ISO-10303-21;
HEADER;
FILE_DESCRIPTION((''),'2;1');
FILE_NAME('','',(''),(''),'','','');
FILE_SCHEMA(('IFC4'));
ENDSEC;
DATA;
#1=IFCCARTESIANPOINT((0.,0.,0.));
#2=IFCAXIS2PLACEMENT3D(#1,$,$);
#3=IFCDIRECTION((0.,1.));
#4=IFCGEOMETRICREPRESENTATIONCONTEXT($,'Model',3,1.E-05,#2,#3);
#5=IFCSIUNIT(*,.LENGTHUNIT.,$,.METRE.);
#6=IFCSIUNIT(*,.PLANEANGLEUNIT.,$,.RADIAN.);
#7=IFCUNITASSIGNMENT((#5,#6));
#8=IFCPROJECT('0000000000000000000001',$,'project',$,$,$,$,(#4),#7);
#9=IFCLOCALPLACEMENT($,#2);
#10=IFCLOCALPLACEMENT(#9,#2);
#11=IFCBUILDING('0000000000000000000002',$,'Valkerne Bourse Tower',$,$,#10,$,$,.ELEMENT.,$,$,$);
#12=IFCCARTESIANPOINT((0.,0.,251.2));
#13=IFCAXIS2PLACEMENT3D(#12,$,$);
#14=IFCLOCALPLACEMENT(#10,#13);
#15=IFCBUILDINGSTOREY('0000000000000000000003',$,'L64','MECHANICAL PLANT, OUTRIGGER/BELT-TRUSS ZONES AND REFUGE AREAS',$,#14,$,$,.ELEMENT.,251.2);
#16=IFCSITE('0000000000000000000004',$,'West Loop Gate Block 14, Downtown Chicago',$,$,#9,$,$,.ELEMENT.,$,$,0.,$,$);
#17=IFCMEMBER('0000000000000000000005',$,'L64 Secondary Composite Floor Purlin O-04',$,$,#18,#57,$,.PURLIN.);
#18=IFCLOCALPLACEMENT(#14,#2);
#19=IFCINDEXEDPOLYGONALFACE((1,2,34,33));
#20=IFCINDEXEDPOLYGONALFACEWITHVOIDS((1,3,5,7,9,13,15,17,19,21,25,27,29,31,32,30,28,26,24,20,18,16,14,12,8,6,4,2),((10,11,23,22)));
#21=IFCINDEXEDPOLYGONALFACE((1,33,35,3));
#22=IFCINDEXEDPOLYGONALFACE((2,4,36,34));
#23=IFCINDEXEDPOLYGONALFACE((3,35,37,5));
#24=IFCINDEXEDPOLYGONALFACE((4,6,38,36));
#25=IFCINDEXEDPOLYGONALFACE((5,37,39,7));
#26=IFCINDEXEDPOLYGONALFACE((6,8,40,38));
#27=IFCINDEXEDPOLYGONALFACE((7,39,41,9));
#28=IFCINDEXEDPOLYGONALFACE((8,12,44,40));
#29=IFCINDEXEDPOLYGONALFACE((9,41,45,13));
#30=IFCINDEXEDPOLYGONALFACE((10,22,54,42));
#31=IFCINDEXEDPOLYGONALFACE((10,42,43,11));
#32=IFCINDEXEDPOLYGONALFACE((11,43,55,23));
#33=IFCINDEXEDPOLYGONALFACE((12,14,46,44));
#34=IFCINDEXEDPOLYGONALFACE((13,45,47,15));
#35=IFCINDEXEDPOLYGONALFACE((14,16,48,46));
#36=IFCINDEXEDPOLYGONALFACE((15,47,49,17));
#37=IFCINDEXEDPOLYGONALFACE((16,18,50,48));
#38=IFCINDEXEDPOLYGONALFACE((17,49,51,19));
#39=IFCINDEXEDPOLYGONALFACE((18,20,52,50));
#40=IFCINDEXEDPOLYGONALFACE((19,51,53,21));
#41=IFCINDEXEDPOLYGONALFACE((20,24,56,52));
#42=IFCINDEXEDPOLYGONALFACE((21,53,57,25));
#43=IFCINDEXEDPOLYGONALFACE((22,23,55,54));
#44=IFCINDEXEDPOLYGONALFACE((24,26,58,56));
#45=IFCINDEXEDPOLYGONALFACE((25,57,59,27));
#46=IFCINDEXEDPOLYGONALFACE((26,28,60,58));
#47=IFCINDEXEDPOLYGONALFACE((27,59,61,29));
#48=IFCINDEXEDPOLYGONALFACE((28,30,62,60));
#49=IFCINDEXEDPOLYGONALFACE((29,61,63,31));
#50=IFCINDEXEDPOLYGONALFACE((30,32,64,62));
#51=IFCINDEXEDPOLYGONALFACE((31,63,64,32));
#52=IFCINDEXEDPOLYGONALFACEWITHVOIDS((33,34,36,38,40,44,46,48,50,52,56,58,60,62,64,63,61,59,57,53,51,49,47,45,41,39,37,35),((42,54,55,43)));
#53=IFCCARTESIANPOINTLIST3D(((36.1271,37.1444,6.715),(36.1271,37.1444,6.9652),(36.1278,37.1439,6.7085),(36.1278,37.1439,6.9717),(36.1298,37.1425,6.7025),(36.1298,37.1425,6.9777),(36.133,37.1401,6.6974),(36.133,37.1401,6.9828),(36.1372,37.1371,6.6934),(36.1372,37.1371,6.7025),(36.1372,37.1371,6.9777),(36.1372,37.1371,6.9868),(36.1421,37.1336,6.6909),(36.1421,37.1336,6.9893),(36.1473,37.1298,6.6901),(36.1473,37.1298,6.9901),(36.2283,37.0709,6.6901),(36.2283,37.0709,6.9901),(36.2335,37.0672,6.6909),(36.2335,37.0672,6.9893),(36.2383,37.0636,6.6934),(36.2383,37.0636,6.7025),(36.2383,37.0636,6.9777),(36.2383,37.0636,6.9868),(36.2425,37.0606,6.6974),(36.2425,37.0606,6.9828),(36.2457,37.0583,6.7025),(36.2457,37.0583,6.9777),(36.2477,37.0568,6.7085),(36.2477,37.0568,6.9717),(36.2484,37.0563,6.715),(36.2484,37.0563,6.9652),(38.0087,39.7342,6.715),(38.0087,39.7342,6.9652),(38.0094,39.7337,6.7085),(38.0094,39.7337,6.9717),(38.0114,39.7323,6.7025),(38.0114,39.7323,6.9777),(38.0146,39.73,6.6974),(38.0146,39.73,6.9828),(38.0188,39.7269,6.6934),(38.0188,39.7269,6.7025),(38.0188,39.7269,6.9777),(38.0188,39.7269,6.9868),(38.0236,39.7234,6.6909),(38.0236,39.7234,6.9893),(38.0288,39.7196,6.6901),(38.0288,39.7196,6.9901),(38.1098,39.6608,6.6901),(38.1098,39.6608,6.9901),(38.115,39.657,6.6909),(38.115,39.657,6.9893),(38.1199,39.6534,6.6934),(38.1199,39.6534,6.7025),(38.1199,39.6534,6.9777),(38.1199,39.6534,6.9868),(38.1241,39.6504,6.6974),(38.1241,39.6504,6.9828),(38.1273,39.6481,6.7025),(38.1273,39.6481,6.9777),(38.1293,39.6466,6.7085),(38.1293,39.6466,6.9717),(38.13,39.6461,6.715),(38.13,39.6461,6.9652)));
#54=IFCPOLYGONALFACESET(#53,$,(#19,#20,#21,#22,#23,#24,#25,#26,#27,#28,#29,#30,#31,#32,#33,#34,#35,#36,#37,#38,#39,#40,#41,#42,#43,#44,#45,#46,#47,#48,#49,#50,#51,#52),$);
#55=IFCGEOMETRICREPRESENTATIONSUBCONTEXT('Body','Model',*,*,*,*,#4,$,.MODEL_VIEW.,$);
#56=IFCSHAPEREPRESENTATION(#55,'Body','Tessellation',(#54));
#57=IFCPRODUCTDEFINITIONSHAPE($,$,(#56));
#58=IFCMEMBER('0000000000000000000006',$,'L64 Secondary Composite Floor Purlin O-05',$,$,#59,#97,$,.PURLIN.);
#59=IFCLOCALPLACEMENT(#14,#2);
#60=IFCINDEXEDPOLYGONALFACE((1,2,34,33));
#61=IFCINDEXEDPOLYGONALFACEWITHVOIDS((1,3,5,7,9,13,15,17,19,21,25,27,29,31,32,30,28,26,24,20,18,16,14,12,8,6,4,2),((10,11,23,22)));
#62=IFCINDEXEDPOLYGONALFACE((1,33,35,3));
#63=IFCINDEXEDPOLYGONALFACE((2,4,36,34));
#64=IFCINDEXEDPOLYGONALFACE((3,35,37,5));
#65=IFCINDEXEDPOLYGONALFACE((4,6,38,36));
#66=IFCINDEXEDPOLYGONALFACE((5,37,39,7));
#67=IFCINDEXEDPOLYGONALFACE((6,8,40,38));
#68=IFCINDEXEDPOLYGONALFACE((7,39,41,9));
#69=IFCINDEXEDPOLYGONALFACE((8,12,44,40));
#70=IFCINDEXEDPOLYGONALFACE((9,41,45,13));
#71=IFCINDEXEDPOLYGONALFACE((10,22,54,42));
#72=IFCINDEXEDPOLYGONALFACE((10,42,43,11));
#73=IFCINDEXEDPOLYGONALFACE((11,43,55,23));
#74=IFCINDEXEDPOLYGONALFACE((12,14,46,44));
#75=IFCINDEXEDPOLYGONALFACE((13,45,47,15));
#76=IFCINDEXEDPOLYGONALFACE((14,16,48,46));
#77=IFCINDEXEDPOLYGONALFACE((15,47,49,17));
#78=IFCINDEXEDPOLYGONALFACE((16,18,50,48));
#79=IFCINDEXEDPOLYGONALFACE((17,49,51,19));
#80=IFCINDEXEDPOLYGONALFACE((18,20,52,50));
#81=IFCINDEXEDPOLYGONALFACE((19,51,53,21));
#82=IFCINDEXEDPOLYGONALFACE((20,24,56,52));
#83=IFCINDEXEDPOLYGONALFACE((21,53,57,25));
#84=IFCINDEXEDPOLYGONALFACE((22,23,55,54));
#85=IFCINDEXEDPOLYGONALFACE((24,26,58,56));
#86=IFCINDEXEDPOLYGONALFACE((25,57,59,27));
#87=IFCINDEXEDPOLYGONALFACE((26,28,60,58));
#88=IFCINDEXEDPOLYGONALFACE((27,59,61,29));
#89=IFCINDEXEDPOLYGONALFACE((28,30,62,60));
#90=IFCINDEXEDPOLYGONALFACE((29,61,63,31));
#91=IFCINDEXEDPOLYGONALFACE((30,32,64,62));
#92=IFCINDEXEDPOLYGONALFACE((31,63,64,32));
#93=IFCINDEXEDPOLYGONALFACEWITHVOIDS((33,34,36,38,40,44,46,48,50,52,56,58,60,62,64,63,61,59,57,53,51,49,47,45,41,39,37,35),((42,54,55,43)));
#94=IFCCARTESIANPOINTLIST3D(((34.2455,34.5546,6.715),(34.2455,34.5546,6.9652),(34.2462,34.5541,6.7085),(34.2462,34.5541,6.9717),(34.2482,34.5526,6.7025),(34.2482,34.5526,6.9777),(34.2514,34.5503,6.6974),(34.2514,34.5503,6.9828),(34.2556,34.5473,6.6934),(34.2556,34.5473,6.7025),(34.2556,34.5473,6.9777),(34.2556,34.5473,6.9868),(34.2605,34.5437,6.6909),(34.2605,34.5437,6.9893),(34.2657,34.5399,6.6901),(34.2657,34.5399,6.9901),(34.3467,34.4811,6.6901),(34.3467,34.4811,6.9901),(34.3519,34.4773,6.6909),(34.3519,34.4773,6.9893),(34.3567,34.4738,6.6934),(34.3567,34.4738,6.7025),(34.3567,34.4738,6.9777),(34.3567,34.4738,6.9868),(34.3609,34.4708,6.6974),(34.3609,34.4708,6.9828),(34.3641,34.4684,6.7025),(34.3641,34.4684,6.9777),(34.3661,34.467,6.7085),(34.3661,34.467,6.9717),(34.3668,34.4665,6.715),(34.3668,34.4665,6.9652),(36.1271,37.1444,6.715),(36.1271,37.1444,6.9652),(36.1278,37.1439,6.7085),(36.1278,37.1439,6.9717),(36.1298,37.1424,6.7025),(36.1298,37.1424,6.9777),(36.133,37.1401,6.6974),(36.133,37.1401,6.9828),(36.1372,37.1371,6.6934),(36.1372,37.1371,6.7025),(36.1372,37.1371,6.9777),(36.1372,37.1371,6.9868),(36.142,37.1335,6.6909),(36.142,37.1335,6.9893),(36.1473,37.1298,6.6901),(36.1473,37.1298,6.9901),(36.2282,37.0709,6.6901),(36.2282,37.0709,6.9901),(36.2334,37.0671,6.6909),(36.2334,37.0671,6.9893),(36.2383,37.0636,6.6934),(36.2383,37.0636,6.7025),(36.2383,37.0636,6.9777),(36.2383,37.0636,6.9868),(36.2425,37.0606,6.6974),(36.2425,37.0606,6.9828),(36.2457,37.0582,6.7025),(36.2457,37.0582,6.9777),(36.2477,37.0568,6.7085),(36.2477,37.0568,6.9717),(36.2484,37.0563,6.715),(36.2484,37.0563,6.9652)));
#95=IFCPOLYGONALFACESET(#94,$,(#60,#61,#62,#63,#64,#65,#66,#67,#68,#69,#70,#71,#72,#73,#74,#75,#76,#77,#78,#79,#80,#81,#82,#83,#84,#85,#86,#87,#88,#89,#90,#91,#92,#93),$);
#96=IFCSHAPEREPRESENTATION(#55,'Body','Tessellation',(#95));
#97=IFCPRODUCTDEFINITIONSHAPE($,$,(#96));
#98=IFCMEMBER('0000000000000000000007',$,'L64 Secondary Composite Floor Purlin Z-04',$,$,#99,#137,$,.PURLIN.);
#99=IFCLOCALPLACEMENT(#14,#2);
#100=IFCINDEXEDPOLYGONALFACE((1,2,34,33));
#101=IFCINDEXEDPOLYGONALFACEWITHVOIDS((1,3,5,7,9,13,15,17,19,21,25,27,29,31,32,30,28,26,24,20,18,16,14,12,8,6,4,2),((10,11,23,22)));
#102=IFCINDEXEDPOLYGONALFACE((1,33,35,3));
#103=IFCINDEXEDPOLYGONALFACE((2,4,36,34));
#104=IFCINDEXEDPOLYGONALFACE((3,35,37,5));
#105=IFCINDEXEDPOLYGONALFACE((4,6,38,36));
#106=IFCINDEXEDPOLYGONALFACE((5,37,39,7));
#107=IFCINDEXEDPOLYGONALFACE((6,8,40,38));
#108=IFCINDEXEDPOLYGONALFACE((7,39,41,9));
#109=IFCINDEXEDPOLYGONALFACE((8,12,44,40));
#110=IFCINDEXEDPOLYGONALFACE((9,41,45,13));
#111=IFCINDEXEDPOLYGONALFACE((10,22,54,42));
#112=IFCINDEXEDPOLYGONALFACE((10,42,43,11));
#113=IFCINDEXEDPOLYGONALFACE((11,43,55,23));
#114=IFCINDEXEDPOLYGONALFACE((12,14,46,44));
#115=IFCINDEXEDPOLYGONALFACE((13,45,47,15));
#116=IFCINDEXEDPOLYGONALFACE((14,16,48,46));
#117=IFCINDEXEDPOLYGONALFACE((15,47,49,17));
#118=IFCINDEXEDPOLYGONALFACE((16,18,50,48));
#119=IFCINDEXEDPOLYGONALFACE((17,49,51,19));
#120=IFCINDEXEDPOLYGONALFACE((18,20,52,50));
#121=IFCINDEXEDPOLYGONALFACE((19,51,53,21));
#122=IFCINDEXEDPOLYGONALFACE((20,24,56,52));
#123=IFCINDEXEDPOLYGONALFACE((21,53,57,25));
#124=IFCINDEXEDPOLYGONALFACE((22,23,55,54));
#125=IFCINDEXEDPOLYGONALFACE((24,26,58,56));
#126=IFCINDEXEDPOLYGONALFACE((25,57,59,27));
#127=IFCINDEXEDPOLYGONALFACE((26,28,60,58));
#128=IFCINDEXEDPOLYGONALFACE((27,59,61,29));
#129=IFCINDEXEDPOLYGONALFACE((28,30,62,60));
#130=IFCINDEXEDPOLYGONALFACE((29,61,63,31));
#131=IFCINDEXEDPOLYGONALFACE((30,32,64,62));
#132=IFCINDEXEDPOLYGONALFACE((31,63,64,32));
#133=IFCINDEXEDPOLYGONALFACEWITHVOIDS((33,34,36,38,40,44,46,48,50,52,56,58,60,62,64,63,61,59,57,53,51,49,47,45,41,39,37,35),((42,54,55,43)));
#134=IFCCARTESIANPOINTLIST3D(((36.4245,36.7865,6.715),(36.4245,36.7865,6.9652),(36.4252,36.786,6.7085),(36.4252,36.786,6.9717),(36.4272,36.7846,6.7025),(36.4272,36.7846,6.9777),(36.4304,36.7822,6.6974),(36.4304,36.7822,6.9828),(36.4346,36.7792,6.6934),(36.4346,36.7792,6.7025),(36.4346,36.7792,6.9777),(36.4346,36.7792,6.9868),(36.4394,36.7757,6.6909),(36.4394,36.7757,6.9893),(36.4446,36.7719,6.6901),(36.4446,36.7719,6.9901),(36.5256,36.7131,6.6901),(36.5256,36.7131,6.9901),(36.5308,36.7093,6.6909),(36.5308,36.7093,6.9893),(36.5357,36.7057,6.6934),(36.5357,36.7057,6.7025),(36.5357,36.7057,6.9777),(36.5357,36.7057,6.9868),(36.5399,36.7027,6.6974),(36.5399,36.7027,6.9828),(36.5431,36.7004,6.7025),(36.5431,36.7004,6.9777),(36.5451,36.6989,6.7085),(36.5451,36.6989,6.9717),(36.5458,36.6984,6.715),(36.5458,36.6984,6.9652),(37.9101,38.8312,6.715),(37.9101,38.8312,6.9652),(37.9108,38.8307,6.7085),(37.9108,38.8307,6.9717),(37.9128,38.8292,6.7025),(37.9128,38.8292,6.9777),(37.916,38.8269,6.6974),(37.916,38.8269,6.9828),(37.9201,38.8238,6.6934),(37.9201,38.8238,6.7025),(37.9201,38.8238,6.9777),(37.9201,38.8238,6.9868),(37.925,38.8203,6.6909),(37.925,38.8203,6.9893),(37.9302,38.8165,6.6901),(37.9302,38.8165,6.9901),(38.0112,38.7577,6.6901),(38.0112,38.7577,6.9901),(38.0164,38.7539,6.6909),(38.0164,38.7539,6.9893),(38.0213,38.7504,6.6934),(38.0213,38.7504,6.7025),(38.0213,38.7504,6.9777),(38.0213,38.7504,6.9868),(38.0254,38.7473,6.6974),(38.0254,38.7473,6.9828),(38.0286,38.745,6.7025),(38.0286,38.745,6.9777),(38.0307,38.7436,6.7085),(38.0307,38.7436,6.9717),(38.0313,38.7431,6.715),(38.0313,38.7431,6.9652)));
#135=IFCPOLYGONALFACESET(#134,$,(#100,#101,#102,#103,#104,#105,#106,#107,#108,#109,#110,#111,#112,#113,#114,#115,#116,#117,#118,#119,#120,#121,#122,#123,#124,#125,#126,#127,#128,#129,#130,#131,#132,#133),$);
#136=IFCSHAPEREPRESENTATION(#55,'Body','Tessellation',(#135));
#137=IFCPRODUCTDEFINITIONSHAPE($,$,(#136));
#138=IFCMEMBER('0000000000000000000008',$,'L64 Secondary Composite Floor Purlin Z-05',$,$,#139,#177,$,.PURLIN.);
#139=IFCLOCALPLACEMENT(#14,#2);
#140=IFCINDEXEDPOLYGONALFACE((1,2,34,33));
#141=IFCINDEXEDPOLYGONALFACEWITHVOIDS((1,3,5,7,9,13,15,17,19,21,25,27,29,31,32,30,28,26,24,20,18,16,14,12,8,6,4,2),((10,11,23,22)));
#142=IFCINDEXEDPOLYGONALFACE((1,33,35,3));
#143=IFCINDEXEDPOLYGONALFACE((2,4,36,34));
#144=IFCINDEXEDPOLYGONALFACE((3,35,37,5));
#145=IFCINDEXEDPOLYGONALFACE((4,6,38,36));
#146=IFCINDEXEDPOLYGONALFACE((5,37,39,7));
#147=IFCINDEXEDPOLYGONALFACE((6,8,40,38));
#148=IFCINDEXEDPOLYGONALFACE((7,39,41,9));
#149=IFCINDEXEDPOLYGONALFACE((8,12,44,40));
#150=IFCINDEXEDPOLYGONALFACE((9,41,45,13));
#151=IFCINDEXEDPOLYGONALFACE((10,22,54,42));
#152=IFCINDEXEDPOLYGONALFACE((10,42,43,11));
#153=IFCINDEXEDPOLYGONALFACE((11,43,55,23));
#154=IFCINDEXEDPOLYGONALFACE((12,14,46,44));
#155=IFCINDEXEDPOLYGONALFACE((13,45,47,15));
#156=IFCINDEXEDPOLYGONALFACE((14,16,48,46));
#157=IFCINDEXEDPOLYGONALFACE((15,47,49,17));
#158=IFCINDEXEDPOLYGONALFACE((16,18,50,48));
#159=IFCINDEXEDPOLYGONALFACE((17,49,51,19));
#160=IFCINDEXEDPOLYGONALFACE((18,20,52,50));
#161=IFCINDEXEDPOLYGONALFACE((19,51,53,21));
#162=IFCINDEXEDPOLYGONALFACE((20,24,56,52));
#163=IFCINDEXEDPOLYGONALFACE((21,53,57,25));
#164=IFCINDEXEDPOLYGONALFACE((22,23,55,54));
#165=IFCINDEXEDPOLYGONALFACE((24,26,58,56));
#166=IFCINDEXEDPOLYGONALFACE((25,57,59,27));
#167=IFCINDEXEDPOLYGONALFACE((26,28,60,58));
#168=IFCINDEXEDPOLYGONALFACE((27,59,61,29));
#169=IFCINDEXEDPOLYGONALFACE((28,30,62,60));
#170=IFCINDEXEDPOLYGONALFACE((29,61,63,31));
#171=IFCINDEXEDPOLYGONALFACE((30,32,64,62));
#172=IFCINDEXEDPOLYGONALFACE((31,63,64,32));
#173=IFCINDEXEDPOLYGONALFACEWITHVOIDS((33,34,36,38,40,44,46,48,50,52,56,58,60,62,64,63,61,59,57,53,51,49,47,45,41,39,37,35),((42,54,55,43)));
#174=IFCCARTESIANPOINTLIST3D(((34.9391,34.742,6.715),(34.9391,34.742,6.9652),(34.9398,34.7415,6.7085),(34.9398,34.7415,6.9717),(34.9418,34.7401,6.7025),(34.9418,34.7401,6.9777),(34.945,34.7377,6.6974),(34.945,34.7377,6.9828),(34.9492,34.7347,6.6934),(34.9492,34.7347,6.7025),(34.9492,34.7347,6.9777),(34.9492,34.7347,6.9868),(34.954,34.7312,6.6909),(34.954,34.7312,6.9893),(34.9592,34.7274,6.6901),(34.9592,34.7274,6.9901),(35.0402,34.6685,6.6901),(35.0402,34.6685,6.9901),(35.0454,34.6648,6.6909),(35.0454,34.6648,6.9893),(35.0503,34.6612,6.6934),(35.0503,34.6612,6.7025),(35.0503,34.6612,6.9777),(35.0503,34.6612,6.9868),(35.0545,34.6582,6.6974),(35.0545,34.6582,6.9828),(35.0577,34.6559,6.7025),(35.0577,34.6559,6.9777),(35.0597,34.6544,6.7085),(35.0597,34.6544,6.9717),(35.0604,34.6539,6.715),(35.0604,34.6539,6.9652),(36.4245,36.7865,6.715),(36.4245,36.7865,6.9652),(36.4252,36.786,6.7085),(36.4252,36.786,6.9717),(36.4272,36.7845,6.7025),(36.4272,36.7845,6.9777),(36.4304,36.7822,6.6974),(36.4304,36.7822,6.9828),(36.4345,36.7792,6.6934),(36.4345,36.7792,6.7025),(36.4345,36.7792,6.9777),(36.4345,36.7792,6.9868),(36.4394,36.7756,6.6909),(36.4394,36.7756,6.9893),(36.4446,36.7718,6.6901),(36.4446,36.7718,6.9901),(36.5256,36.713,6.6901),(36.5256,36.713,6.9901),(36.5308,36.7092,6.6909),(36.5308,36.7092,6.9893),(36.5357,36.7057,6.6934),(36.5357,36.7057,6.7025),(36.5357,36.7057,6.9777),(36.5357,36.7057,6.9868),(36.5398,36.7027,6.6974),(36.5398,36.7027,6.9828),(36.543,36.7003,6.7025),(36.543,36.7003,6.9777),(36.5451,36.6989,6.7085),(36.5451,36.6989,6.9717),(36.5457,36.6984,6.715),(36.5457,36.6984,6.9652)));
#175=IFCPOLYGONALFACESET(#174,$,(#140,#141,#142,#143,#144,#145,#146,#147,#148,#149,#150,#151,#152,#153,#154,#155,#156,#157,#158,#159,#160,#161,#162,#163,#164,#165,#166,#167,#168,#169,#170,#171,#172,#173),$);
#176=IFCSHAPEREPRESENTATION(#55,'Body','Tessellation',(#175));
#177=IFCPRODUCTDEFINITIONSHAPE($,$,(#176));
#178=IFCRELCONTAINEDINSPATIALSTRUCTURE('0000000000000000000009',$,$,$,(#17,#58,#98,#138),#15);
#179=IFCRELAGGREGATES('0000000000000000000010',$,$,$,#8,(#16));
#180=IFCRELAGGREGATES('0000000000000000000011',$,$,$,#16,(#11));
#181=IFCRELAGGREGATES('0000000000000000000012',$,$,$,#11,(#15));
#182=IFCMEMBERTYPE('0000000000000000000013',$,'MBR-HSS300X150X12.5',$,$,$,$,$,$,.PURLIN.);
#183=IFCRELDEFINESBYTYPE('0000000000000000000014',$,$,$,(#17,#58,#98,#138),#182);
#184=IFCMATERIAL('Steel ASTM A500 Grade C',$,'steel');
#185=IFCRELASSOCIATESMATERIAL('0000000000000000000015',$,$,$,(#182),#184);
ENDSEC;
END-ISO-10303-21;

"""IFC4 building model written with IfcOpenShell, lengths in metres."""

from ifc_helpers import new_model, si_unit, direction, frame, origin, origin_2d, place, context, subcontext, project, spatial, hollow_rectangle, extrude, material, material_profile, profile_set, type_object, element, save


model = new_model("IFC4")

# Units and contexts
model_context = context("Model", 3, precision=1e-05, world=origin(), true_north=direction((0.0, 1.0)))
body_context = subcontext(model_context, "Body", "Model", "MODEL_VIEW")
ifc_project = project(units=[si_unit("LENGTHUNIT", "METRE"), si_unit("PLANEANGLEUNIT", "RADIAN")], contexts=[model_context])

# Site, building, storey
site_placement = place(None, origin())
site = spatial("IfcSite", under=ifc_project, at=site_placement, Name="West Loop Gate Block 14, Downtown Chicago", CompositionType="ELEMENT", RefElevation=0.0)
building_placement = place(site_placement, origin())
building = spatial("IfcBuilding", under=site, at=building_placement, Name="Valkerne Bourse Tower", CompositionType="ELEMENT")
storey_placement = place(building_placement, frame((0.0, 0.0, 251.2)))
storey = spatial("IfcBuildingStorey", under=building, at=storey_placement, Name="L64", Description="MECHANICAL PLANT, OUTRIGGER/BELT-TRUSS ZONES AND REFUGE AREAS", CompositionType="ELEMENT", Elevation=251.2)

# Members
ifc_material_1 = material(Name="Steel ASTM A500 Grade C", Category="steel")
ifc_material_profile_1 = material_profile(ifc_material_1, hollow_rectangle(XDim=0.1499, YDim=0.3, WallThickness=0.0125, OuterFilletRadius=0.0249, at=origin_2d()), Name="HSS300X150X12.5")
ifc_profile_set_1 = profile_set([ifc_material_profile_1], Name="Steel ASTM A500 Grade C")
member_type_1 = type_object("IfcMemberType", Name="MBR-HSS300X150X12.5", PredefinedType="PURLIN", material=ifc_profile_set_1)
for number, where, z_axis, x_axis, name in (
    (1, (38.0693, 39.6902, 6.8401), (-0.587777, -0.809023, 0.0), (0.809023, -0.587777, 0.0), "L64 Secondary Composite Floor Purlin O-04"),
    (2, (36.1877, 37.1003, 6.8401), (-0.587777, -0.809023, 0.0), (0.809023, -0.587777, 0.0), "L64 Secondary Composite Floor Purlin O-05"),
):
    element("IfcMember", number, at=place(storey_placement, frame(where, z_axis=z_axis, x_axis=x_axis)), inside=storey, type_object=member_type_1, Name=name, PredefinedType="PURLIN", context=body_context, shape_type="SweptSolid", body=[
        extrude(hollow_rectangle(XDim=0.1499, YDim=0.3, WallThickness=0.0125, OuterFilletRadius=0.0249, at=origin_2d()), origin(), (0.0, 0.0, 1.0), 3.2012),
    ])
member_1_placement = place(storey_placement, frame((37.9707, 38.7871, 6.8401), z_axis=(-0.587798, -0.809008, 0.0), x_axis=(0.809008, -0.587798, 0.0)))
element("IfcMember", 3, at=member_1_placement, inside=storey, type_object=member_type_1, Name="L64 Secondary Composite Floor Purlin Z-04", PredefinedType="PURLIN", context=body_context, shape_type="SweptSolid", body=[
    extrude(hollow_rectangle(XDim=0.1499, YDim=0.3, WallThickness=0.0125, OuterFilletRadius=0.0249, at=origin_2d()), origin(), (0.0, 0.0, 1.0), 2.5273),
])
member_2_placement = place(storey_placement, frame((36.4851, 36.7424, 6.8401), z_axis=(-0.587781, -0.80902, 0.0), x_axis=(0.80902, -0.587781, 0.0)))
element("IfcMember", 4, at=member_2_placement, inside=storey, type_object=member_type_1, Name="L64 Secondary Composite Floor Purlin Z-05", PredefinedType="PURLIN", context=body_context, shape_type="SweptSolid", body=[
    extrude(hollow_rectangle(XDim=0.1499, YDim=0.3, WallThickness=0.0125, OuterFilletRadius=0.0249, at=origin_2d()), origin(), (0.0, 0.0, 1.0), 2.5271),
])

save(model, "model.ifc")
